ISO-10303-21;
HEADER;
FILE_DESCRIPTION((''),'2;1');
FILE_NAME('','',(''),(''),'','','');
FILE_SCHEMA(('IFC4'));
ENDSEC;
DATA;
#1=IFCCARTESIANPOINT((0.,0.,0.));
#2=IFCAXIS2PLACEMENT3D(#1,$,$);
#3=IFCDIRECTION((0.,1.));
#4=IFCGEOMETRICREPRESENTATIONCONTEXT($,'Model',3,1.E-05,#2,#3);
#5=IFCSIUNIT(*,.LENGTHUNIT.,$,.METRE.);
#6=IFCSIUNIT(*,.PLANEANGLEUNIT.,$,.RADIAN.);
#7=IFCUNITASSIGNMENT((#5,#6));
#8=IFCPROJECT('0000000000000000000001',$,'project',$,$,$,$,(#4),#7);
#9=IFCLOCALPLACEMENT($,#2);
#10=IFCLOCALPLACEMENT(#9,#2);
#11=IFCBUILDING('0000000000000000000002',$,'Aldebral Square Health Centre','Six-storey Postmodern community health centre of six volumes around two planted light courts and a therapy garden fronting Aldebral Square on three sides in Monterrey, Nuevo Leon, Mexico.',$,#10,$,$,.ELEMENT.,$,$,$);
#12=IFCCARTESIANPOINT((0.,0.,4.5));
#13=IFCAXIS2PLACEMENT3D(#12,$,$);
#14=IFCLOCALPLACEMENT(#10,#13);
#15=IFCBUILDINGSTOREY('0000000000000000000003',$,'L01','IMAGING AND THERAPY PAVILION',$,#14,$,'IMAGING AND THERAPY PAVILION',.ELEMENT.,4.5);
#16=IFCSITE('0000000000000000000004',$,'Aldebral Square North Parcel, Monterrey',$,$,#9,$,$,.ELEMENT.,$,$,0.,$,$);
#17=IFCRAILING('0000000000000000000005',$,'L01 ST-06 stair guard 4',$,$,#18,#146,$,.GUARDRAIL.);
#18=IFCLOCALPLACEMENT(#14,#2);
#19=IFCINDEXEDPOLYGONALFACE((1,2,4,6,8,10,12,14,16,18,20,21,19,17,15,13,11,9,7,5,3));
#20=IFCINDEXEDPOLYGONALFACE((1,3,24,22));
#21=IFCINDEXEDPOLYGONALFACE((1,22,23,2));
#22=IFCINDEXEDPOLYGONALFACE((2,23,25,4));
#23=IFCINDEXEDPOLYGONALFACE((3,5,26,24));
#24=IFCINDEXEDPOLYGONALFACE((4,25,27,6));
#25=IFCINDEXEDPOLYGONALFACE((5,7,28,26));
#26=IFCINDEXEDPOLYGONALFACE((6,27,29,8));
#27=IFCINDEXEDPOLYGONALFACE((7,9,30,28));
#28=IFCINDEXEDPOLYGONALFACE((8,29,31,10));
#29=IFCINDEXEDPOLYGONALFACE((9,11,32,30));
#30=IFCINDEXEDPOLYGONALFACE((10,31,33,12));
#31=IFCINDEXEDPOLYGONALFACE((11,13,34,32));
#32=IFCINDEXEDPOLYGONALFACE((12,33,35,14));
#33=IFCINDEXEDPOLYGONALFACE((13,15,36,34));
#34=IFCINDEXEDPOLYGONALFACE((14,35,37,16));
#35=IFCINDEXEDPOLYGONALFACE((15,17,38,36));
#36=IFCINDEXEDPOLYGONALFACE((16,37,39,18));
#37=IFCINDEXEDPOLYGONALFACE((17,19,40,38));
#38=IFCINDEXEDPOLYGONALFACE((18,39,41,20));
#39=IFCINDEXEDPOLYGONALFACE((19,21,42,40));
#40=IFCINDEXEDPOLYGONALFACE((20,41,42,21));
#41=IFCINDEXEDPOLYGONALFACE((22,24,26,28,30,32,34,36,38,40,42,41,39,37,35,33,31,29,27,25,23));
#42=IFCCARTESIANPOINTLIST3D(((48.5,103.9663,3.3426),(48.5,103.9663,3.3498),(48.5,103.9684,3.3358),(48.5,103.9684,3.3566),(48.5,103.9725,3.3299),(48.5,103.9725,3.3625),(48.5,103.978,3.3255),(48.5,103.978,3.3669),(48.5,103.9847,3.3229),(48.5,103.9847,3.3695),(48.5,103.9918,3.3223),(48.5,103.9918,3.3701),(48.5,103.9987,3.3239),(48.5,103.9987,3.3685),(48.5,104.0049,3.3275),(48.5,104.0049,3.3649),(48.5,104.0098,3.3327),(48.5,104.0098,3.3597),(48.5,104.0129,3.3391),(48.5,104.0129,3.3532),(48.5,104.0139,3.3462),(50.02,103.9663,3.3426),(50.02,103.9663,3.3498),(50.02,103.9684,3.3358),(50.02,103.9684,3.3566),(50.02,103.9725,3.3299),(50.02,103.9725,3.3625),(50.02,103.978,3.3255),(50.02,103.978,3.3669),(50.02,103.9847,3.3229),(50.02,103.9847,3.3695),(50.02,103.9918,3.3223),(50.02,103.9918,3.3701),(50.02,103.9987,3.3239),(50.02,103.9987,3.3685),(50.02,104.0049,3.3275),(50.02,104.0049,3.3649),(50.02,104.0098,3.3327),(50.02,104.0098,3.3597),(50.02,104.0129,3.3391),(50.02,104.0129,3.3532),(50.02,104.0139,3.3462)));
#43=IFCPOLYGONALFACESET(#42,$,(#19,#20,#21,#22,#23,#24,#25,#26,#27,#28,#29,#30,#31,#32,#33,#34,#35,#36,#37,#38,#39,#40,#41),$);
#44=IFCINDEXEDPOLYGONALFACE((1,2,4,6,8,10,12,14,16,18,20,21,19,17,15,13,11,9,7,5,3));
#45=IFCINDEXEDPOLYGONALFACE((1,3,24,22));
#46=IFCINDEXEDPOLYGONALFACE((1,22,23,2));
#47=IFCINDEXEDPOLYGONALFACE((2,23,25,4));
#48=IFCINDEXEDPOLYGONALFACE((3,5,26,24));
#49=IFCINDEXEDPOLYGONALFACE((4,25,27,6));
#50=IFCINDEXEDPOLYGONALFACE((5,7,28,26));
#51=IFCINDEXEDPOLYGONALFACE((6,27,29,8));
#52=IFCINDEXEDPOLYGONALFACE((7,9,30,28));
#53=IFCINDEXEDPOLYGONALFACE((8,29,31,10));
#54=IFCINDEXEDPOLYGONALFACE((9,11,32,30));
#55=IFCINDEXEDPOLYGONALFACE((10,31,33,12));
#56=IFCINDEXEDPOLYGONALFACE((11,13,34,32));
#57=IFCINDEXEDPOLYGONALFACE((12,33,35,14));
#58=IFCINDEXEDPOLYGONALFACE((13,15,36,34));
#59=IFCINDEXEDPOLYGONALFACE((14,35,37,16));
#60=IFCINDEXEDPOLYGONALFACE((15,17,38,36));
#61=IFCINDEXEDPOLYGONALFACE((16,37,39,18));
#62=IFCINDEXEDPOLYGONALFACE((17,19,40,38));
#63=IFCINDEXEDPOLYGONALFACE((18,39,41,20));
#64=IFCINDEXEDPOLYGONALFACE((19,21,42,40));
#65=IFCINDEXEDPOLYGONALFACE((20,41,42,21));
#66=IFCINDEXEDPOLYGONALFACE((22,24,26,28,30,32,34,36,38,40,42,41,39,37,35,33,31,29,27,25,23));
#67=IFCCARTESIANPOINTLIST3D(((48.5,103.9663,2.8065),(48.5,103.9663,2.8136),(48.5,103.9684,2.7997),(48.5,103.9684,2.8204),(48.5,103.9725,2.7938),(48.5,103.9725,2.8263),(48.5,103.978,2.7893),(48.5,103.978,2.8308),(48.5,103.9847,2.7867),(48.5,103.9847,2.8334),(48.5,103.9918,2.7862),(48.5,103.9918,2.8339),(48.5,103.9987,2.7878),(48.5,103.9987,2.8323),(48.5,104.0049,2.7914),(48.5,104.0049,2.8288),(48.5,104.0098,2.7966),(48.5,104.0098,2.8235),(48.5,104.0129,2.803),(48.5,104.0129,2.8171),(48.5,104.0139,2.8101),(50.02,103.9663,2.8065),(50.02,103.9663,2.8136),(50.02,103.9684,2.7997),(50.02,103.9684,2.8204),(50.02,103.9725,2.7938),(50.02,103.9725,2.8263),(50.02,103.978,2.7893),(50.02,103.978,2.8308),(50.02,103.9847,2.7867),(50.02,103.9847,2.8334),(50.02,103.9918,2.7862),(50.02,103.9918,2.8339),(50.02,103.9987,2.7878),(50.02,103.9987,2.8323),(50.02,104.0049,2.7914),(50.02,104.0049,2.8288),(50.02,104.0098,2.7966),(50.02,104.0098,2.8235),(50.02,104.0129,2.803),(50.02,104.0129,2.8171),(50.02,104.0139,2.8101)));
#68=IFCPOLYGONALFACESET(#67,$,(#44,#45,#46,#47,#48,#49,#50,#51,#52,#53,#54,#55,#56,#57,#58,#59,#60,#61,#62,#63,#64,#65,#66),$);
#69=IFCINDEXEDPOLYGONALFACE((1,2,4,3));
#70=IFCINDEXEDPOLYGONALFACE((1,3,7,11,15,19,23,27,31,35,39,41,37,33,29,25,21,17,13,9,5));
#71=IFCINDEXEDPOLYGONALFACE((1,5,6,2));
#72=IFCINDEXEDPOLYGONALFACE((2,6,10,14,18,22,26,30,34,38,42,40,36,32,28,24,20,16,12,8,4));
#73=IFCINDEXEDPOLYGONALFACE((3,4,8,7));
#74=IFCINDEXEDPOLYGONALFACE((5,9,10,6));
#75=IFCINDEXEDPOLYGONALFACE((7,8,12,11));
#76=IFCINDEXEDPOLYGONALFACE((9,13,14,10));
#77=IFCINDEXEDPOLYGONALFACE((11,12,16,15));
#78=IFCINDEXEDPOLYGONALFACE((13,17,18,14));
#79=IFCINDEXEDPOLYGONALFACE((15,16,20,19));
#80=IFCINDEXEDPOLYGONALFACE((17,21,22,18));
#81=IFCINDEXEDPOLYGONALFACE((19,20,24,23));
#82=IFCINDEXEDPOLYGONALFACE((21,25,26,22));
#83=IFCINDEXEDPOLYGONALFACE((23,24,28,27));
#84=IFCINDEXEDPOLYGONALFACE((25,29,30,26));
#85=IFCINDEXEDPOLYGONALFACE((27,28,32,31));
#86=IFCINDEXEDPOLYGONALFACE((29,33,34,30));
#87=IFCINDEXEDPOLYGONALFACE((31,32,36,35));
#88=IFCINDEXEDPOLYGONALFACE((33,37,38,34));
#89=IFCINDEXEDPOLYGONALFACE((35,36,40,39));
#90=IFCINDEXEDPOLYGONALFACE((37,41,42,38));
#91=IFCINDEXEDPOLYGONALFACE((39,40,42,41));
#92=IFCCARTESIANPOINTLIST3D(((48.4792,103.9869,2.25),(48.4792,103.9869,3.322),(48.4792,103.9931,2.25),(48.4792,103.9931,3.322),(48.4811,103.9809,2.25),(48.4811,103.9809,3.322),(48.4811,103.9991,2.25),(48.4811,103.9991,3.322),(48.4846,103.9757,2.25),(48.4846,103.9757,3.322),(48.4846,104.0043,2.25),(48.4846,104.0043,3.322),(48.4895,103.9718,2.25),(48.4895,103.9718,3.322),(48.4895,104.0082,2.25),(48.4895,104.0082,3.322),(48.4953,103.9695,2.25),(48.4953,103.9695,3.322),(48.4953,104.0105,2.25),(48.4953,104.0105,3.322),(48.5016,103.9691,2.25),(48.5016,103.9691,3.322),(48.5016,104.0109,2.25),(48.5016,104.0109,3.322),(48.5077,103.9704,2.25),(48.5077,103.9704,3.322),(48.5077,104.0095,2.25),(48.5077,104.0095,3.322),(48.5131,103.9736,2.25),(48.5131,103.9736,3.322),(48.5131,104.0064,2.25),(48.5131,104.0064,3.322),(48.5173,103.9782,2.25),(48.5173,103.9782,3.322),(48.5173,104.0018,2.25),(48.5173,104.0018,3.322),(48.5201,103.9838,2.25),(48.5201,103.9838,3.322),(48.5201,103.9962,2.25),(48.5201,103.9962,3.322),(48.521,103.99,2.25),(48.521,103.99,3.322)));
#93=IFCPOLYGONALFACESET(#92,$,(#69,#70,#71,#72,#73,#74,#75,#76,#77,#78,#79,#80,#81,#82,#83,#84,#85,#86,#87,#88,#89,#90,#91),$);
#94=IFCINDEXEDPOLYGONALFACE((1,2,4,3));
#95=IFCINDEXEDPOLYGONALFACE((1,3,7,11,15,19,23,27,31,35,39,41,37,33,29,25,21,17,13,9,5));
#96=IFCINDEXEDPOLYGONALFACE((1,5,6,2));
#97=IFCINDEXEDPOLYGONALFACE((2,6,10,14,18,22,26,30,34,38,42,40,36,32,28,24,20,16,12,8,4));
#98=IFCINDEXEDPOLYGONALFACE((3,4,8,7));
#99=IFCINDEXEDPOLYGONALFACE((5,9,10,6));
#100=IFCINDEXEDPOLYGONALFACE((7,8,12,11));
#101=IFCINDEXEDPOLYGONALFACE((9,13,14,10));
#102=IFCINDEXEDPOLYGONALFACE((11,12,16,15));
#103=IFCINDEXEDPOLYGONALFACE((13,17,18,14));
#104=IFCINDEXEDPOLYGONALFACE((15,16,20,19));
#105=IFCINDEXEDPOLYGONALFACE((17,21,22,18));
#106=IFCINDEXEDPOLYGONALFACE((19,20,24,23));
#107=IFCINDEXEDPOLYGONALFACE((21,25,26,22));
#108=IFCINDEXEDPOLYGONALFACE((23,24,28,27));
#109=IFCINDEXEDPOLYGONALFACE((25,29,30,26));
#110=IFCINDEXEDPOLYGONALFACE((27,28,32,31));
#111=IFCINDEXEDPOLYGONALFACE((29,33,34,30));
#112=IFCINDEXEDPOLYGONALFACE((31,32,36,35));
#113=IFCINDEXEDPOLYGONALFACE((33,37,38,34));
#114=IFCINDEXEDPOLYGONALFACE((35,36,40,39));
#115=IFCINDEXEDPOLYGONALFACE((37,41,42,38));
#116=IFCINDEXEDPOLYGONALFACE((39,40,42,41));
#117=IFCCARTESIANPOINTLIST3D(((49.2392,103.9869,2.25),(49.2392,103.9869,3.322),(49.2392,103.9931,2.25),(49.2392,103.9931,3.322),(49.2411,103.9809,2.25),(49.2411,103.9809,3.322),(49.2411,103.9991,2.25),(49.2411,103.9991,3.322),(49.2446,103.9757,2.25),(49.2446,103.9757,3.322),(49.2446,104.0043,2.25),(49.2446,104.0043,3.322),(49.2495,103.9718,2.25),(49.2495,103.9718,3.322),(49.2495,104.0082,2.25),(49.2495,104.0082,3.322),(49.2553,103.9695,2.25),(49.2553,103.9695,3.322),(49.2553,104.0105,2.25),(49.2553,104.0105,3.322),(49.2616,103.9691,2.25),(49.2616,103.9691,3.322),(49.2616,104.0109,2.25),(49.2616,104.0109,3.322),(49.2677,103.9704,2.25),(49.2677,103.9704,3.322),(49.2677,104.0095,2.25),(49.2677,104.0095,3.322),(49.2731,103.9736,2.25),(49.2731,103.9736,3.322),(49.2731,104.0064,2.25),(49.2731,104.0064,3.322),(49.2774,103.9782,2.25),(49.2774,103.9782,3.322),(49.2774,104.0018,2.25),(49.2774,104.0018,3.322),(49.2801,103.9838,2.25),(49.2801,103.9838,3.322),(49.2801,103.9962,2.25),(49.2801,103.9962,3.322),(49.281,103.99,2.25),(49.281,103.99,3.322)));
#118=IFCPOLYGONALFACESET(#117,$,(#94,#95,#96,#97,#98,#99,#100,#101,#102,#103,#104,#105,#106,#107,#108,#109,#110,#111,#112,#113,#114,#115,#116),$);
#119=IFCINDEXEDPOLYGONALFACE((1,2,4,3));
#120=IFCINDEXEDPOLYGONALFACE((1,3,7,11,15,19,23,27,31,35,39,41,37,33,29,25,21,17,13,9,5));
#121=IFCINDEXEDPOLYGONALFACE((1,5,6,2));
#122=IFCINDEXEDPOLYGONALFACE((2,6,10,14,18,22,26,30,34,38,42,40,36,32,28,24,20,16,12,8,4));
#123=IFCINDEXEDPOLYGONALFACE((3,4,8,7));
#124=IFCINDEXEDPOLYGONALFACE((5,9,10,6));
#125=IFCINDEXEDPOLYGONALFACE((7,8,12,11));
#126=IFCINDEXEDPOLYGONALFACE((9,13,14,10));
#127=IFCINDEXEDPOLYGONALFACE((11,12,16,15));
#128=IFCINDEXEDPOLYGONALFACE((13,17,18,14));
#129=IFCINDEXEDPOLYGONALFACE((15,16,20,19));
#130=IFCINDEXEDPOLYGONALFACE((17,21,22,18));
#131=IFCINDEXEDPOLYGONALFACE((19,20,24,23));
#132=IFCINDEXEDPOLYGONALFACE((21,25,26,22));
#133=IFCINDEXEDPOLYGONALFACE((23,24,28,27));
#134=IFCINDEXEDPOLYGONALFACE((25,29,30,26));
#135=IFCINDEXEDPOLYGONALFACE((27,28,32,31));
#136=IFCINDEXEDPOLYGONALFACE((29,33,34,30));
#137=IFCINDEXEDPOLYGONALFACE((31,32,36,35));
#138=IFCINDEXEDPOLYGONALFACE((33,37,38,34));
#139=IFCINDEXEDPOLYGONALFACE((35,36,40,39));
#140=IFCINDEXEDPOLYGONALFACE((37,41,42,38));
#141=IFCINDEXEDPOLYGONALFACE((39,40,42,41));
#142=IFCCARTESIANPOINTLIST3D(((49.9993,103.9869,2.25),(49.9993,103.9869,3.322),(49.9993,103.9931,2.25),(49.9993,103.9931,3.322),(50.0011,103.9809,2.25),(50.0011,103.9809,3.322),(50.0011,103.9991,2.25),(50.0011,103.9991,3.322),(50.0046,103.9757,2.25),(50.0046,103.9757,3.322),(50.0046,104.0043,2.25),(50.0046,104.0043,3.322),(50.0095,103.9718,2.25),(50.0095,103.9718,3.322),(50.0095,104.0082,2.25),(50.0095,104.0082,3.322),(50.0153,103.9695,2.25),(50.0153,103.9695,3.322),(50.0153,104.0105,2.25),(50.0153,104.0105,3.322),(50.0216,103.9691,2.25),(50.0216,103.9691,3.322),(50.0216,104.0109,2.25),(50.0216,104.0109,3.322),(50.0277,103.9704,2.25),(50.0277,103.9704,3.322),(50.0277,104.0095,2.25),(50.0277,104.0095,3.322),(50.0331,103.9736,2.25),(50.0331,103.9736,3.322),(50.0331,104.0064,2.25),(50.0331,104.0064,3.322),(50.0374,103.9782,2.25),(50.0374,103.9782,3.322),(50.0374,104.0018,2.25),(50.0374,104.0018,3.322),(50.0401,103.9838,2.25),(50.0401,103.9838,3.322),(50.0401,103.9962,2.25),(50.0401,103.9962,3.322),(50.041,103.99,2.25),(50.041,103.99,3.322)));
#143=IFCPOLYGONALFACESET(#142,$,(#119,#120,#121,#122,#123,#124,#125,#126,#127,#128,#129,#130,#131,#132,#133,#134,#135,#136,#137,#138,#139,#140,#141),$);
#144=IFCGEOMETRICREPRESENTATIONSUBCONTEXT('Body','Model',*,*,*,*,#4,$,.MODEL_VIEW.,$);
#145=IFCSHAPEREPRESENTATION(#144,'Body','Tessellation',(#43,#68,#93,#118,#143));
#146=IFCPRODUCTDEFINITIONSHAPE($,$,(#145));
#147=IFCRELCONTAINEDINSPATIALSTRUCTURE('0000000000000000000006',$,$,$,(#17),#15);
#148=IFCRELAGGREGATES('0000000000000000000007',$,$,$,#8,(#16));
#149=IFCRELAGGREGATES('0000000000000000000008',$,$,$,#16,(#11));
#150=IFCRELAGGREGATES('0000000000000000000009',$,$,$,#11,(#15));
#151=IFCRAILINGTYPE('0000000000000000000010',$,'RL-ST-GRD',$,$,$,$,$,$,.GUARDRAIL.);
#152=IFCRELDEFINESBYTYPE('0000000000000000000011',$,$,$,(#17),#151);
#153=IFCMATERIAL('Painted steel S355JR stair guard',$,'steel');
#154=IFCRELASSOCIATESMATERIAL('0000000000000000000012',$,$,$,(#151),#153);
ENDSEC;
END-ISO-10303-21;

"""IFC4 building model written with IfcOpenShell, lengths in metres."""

from ifc_helpers import new_model, si_unit, direction, frame, origin, origin_2d, place, context, subcontext, project, spatial, circle, extrude, material, type_object, element, save


model = new_model("IFC4")

# Units and contexts
model_context = context("Model", 3, precision=1e-05, world=origin(), true_north=direction((0.0, 1.0)))
body_context = subcontext(model_context, "Body", "Model", "MODEL_VIEW")
ifc_project = project(units=[si_unit("LENGTHUNIT", "METRE"), si_unit("PLANEANGLEUNIT", "RADIAN")], contexts=[model_context])

# Site, building, storey
site_placement = place(None, origin())
site = spatial("IfcSite", under=ifc_project, at=site_placement, Name="Aldebral Square North Parcel, Monterrey", CompositionType="ELEMENT", RefElevation=0.0)
building_placement = place(site_placement, origin())
building = spatial("IfcBuilding", under=site, at=building_placement, Name="Aldebral Square Health Centre", Description="Six-storey Postmodern community health centre of six volumes around two planted light courts and a therapy garden fronting Aldebral Square on three sides in Monterrey, Nuevo Leon, Mexico.", CompositionType="ELEMENT")
storey_placement = place(building_placement, frame((0.0, 0.0, 4.5)))
storey = spatial("IfcBuildingStorey", under=building, at=storey_placement, Name="L01", Description="IMAGING AND THERAPY PAVILION", LongName="IMAGING AND THERAPY PAVILION", CompositionType="ELEMENT", Elevation=4.5)

# Railing
ifc_material_1 = material(Name="Painted steel S355JR stair guard", Category="steel")
railing_type_1 = type_object("IfcRailingType", Name="RL-ST-GRD", PredefinedType="GUARDRAIL", material=ifc_material_1)
for number, where, name in (
    (1, (48.5, 103.99, 2.25), "L01 ST-06 stair guard 4"),
):
    element("IfcRailing", number, at=place(storey_placement, frame(where)), inside=storey, type_object=railing_type_1, Name=name, PredefinedType="GUARDRAIL", context=body_context, shape_type="SweptSolid", body=[
        extrude(circle(Radius=0.0239, at=origin_2d()), frame((0.0, 0.0, 1.0962), z_axis=(1.0, 0.0, 0.0), x_axis=(0.0, 1.0, 0.0)), (0.0, 0.0, 1.0), 1.52),
        extrude(circle(Radius=0.0239, at=origin_2d()), frame((0.0, 0.0, 0.5601), z_axis=(1.0, 0.0, 0.0), x_axis=(0.0, 1.0, 0.0)), (0.0, 0.0, 1.0), 1.52),
        extrude(circle(Radius=0.021, at=origin_2d()), origin(), (0.0, 0.0, 1.0), 1.072),
        extrude(circle(Radius=0.021, at=origin_2d()), frame((0.76, 0.0, 0.0)), (0.0, 0.0, 1.0), 1.072),
        extrude(circle(Radius=0.021, at=origin_2d()), frame((1.52, 0.0, 0.0)), (0.0, 0.0, 1.0), 1.072),
    ])

save(model, "model.ifc")
